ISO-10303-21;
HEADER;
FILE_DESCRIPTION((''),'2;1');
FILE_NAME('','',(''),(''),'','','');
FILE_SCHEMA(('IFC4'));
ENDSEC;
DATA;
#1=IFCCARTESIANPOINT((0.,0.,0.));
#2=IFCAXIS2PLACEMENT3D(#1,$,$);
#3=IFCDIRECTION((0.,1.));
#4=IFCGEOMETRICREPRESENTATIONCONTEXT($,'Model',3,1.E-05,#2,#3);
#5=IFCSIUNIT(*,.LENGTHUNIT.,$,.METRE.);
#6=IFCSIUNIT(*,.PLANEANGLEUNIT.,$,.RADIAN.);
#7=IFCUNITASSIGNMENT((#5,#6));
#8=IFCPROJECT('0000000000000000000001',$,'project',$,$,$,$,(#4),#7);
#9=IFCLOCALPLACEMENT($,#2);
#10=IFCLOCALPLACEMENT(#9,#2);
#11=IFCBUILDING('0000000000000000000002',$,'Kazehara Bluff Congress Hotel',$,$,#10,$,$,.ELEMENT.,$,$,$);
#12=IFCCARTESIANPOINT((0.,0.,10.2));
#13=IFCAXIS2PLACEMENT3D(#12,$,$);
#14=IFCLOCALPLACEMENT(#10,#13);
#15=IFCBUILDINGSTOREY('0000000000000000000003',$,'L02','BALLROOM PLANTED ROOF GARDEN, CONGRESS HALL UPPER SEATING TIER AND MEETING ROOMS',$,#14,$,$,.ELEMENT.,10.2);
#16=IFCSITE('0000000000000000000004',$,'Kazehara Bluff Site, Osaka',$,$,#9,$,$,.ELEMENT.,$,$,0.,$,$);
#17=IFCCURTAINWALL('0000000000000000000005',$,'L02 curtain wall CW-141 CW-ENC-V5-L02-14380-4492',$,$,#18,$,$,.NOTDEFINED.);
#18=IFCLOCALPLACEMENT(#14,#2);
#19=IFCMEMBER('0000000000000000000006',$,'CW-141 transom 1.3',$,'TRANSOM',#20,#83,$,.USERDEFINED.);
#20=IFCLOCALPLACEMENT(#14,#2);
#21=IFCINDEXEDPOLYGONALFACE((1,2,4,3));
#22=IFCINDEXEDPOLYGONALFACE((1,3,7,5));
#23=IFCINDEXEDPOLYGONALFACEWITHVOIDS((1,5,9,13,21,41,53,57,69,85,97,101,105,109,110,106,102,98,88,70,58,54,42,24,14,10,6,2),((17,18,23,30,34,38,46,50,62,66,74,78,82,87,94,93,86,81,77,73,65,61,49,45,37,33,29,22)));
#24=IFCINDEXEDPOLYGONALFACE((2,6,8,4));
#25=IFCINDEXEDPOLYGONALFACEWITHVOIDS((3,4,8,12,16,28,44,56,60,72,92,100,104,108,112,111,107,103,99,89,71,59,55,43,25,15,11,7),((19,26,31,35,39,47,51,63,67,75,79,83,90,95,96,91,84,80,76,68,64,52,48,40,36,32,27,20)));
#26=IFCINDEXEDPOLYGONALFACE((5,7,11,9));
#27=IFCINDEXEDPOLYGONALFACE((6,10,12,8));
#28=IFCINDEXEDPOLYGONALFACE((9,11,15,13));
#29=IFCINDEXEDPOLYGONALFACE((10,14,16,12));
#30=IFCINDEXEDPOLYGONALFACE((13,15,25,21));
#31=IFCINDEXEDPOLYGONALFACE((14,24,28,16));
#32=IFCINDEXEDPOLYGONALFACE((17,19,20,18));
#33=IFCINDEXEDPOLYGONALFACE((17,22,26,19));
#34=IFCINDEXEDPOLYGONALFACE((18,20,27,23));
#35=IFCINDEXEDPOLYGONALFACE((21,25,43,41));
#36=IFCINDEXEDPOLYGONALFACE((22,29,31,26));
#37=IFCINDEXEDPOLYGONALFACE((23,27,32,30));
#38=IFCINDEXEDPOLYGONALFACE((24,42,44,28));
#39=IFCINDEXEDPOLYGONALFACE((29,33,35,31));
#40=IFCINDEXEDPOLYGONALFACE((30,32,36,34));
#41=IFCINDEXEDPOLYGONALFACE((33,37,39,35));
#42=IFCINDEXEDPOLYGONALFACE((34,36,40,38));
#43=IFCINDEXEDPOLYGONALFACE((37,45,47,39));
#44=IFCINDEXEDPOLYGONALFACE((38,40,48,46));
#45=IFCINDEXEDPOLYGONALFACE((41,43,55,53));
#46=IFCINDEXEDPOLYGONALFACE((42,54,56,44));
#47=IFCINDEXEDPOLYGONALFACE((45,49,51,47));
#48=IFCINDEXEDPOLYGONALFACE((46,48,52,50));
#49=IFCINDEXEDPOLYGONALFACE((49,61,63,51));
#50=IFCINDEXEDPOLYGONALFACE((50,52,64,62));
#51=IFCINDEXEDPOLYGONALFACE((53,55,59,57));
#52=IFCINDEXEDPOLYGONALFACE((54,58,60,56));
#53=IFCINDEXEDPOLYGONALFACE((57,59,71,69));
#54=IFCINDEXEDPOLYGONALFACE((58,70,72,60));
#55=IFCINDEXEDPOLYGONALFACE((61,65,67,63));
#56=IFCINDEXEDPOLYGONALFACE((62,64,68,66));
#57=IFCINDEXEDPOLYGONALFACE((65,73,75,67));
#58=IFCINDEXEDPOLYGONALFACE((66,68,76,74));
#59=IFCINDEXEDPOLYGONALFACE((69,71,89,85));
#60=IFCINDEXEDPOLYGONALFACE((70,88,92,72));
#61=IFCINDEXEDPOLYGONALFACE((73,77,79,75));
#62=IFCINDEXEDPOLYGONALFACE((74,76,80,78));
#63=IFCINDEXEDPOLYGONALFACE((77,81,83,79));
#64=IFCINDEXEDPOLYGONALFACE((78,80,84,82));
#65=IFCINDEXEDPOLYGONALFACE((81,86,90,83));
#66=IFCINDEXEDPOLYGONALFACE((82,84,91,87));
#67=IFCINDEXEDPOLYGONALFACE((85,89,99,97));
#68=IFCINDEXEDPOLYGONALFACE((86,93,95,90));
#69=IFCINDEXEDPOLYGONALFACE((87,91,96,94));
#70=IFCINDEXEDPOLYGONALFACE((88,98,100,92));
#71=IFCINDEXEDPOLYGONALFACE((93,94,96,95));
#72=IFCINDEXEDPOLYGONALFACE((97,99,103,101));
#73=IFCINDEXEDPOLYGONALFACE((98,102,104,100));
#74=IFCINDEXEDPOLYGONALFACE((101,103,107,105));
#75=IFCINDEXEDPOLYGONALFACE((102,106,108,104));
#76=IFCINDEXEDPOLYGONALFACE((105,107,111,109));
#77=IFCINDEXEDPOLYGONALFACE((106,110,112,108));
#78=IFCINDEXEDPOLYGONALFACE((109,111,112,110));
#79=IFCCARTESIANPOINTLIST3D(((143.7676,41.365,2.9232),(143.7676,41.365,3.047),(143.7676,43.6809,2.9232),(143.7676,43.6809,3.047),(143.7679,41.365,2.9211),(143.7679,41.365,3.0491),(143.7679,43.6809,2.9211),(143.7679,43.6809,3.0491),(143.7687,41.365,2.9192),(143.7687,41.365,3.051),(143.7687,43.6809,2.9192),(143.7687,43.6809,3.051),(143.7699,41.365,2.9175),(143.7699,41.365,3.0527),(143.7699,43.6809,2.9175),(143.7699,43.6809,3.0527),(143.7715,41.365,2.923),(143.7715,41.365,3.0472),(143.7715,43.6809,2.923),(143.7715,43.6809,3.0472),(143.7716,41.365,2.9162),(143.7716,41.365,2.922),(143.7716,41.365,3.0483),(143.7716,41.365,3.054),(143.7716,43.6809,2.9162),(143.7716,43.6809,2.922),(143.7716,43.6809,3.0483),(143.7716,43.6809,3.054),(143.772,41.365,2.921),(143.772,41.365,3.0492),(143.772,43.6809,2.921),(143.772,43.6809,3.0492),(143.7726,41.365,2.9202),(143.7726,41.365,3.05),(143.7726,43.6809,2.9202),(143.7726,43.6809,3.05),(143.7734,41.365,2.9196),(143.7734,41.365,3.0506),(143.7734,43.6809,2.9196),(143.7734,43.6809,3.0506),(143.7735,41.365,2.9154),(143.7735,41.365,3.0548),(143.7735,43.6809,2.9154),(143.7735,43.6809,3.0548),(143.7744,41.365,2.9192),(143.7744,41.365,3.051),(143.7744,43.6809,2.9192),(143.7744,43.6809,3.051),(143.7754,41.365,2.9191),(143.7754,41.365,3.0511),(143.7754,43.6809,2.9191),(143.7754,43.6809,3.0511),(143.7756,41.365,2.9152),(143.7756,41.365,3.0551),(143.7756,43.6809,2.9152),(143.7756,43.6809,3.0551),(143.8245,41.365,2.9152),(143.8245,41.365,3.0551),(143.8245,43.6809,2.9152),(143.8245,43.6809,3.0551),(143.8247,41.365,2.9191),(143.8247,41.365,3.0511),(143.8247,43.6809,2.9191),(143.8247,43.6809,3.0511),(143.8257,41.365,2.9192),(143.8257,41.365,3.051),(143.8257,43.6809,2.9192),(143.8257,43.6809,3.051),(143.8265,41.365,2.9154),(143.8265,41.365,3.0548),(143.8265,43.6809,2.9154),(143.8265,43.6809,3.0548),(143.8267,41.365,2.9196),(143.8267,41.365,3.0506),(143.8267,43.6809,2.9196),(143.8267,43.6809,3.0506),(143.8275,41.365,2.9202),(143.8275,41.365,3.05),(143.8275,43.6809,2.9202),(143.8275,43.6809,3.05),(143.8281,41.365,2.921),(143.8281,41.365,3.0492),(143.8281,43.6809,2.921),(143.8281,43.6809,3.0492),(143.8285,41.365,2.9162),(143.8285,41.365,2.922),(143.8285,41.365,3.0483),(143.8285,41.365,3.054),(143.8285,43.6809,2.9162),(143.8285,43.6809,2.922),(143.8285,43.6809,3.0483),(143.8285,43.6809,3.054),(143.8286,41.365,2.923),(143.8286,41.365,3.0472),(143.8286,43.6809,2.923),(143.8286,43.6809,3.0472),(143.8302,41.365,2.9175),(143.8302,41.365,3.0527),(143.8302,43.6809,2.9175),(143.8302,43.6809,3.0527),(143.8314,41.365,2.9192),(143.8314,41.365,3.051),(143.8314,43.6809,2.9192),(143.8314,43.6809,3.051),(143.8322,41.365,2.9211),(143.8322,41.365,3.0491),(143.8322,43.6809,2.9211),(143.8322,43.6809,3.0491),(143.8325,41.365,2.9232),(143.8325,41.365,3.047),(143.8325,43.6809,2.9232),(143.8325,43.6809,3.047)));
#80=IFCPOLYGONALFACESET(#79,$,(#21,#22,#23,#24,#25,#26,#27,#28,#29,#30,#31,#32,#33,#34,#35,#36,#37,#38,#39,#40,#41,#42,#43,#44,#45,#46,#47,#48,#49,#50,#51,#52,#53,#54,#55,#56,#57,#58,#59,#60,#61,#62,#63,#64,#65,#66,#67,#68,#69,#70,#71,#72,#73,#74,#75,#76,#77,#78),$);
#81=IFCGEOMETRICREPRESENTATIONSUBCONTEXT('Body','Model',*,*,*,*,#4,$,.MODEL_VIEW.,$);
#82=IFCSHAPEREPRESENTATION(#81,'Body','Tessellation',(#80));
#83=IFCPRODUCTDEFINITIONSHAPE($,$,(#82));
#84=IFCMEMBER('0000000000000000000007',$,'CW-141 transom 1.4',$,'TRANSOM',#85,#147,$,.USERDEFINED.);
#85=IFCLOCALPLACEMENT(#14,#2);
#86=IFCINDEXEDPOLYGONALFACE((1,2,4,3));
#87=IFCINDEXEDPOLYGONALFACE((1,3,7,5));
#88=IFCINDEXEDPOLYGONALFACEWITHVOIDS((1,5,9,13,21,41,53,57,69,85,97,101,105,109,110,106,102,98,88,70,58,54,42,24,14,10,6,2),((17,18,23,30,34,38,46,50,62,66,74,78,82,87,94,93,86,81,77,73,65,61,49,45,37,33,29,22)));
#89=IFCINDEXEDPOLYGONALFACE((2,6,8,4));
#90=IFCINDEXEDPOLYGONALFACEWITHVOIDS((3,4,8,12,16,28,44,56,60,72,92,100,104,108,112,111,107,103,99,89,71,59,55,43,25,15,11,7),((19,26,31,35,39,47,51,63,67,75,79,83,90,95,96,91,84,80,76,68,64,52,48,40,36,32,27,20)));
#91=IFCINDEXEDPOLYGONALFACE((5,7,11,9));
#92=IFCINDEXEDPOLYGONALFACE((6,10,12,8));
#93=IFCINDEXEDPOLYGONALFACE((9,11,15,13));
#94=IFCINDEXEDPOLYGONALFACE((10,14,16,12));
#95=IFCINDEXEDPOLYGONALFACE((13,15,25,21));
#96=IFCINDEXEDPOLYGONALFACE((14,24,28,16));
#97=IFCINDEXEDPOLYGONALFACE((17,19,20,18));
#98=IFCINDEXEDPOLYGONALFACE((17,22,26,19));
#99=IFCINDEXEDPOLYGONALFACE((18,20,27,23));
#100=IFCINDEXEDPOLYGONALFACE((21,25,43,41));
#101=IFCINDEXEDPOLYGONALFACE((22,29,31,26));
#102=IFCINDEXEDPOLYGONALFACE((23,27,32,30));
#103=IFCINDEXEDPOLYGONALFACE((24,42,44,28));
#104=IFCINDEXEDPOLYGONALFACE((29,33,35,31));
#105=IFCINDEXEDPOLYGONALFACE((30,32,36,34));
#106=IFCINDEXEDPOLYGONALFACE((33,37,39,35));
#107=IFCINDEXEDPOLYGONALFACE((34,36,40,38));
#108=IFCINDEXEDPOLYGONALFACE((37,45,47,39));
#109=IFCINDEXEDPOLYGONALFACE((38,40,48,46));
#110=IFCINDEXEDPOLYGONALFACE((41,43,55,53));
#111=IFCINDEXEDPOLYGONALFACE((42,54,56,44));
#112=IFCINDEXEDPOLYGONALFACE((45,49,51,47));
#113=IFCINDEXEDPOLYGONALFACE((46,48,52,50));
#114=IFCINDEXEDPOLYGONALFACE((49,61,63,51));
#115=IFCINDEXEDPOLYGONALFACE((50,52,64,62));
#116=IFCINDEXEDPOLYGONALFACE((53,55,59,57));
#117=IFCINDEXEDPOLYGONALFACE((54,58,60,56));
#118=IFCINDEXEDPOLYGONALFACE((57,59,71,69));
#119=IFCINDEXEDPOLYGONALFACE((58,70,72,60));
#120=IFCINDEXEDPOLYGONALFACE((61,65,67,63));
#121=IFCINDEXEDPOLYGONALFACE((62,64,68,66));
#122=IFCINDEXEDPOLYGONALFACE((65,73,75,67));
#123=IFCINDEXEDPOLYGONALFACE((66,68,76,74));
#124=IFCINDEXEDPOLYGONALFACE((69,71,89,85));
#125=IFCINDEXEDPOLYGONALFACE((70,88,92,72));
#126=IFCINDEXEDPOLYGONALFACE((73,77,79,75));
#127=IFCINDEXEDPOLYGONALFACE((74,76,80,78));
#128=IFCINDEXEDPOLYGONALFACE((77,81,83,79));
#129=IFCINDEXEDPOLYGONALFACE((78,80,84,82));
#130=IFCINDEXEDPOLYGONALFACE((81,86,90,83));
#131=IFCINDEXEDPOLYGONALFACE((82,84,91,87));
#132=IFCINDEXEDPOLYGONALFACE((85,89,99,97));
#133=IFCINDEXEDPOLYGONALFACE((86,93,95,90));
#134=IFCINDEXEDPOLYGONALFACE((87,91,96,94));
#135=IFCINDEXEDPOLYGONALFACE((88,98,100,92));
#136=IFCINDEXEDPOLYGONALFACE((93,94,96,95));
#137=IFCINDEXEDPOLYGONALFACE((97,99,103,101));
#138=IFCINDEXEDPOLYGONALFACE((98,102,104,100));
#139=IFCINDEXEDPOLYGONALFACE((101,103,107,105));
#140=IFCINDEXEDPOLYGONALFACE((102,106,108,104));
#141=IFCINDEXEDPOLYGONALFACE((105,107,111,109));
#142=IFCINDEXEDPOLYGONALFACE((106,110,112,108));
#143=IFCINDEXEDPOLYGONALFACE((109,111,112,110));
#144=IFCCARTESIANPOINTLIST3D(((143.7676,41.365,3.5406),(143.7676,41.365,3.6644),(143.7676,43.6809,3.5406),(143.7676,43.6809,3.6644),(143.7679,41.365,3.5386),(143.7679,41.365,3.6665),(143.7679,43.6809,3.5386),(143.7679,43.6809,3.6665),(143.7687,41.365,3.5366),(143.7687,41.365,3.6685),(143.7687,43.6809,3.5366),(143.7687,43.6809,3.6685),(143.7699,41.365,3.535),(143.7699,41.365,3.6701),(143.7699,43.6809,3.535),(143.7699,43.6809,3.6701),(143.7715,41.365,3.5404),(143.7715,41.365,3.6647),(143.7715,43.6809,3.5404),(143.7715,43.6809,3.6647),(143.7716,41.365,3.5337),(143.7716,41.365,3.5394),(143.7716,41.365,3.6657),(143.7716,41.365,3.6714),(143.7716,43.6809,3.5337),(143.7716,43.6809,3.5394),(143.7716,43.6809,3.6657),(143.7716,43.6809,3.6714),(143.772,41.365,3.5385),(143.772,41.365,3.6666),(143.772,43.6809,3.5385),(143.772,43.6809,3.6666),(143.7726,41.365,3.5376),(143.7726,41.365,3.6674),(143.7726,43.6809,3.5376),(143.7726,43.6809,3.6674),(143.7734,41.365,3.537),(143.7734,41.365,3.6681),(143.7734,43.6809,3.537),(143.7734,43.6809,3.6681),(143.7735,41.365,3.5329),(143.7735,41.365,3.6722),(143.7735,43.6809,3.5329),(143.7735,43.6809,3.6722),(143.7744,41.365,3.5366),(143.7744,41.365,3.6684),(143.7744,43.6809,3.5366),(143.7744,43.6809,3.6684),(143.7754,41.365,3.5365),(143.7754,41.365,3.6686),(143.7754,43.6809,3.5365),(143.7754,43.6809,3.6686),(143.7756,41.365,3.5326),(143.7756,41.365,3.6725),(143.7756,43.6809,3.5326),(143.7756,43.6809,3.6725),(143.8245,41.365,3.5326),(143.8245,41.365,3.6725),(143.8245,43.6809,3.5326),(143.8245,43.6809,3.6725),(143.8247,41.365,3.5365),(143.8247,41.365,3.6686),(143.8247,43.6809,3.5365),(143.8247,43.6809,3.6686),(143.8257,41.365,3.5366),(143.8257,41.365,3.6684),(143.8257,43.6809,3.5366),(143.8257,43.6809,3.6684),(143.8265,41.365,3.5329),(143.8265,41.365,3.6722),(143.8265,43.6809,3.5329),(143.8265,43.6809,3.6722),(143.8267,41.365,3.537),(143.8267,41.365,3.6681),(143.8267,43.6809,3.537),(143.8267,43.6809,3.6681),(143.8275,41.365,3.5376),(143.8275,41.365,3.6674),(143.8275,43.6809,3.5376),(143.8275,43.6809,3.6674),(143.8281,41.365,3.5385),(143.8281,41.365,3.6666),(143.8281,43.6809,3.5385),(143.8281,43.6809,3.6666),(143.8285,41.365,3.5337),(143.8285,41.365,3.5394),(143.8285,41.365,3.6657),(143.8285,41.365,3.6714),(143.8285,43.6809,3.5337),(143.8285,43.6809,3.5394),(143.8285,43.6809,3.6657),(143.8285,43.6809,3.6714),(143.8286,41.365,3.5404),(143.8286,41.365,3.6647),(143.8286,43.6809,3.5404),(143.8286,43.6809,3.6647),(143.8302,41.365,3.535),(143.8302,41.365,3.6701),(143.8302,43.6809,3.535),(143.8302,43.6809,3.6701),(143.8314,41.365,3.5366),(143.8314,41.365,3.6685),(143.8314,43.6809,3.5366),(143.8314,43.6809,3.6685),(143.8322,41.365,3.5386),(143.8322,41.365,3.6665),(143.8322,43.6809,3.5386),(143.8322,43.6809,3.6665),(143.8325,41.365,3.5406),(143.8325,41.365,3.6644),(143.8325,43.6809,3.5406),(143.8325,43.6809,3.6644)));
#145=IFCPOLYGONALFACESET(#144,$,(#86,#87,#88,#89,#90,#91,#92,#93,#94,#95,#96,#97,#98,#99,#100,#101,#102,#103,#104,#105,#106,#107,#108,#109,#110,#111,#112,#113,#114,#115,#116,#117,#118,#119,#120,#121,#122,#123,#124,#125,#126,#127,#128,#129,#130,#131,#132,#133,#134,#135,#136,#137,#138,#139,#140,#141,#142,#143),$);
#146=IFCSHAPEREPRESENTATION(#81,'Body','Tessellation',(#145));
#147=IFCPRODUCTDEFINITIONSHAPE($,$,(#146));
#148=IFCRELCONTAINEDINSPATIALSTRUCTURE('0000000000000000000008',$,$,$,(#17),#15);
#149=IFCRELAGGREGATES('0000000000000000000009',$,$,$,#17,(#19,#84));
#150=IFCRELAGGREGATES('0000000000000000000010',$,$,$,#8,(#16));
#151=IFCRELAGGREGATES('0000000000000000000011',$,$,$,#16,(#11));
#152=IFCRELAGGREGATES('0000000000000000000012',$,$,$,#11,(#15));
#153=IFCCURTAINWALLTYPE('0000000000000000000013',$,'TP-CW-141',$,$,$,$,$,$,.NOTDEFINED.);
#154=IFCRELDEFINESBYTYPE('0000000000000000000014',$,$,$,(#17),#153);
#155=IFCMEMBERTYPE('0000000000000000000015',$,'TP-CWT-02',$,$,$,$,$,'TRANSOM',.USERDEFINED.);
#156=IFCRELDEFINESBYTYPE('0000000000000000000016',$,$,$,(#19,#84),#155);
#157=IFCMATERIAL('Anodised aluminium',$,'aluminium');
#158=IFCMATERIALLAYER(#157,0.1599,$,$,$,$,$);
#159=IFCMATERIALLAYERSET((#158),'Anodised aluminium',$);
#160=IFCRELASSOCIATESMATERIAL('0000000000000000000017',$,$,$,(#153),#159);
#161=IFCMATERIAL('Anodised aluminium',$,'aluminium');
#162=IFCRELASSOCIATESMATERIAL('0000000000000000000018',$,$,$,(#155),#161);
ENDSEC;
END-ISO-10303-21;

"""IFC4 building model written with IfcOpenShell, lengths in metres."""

from ifc_helpers import new_model, si_unit, direction, frame, origin, origin_2d, place, context, subcontext, project, spatial, hollow_rectangle, extrude, material, layer, layer_set, material_profile, profile_set, type_object, element, aggregate, save


model = new_model("IFC4")

# Units and contexts
model_context = context("Model", 3, precision=1e-05, world=origin(), true_north=direction((0.0, 1.0)))
body_context = subcontext(model_context, "Body", "Model", "MODEL_VIEW")
ifc_project = project(units=[si_unit("LENGTHUNIT", "METRE"), si_unit("PLANEANGLEUNIT", "RADIAN")], contexts=[model_context])

# Site, building, storey
site_placement = place(None, origin())
site = spatial("IfcSite", under=ifc_project, at=site_placement, Name="Kazehara Bluff Site, Osaka", CompositionType="ELEMENT", RefElevation=0.0)
building_placement = place(site_placement, origin())
building = spatial("IfcBuilding", under=site, at=building_placement, Name="Kazehara Bluff Congress Hotel", CompositionType="ELEMENT")
storey_placement = place(building_placement, frame((0.0, 0.0, 10.2)))
storey = spatial("IfcBuildingStorey", under=building, at=storey_placement, Name="L02", Description="BALLROOM PLANTED ROOF GARDEN, CONGRESS HALL UPPER SEATING TIER AND MEETING ROOMS", CompositionType="ELEMENT", Elevation=10.2)

# Curtain wall, members
ifc_material_1 = material(Name="Anodised aluminium", Category="aluminium")
ifc_layer_1 = layer(ifc_material_1, 0.1599)
ifc_layer_set_1 = layer_set([ifc_layer_1], Name="Anodised aluminium")
curtain_wall_type = type_object("IfcCurtainWallType", Name="TP-CW-141", PredefinedType="NOTDEFINED", material=ifc_layer_set_1)
curtain_wall_placement = place(storey_placement, origin())
curtain_wall = element("IfcCurtainWall", 1, at=curtain_wall_placement, inside=storey, type_object=curtain_wall_type, Name="L02 curtain wall CW-141 CW-ENC-V5-L02-14380-4492", PredefinedType="NOTDEFINED")
ifc_material_2 = material(Name="Anodised aluminium", Category="aluminium")
ifc_material_profile_1 = material_profile(ifc_material_2, hollow_rectangle(XDim=0.0649, YDim=0.1399, WallThickness=0.0039, InnerFilletRadius=0.0039, OuterFilletRadius=0.0081, at=origin_2d()))
ifc_profile_set_1 = profile_set([ifc_material_profile_1], Name="Anodised aluminium")
member_type_1 = type_object("IfcMemberType", Name="TP-CWT-02", ElementType="TRANSOM", PredefinedType="USERDEFINED", material=ifc_profile_set_1)
member_1_placement = place(storey_placement, frame((143.8, 41.365, 2.9851), z_axis=(0.0, 1.0, 0.0), x_axis=(-1.0, 0.0, 0.0)))
member_1 = element("IfcMember", 2, at=member_1_placement, type_object=member_type_1, Name="CW-141 transom 1.3", ObjectType="TRANSOM", PredefinedType="USERDEFINED", context=body_context, shape_type="SweptSolid", body=[
    extrude(hollow_rectangle(XDim=0.0649, YDim=0.1399, WallThickness=0.0039, InnerFilletRadius=0.0039, OuterFilletRadius=0.0081, at=origin_2d()), origin(), (0.0, 0.0, 1.0), 2.3159),
])
member_2_placement = place(storey_placement, frame((143.8, 41.365, 3.6025), z_axis=(0.0, 1.0, 0.0), x_axis=(-1.0, 0.0, 0.0)))
member_2 = element("IfcMember", 3, at=member_2_placement, type_object=member_type_1, Name="CW-141 transom 1.4", ObjectType="TRANSOM", PredefinedType="USERDEFINED", context=body_context, shape_type="SweptSolid", body=[
    extrude(hollow_rectangle(XDim=0.0649, YDim=0.1399, WallThickness=0.0039, InnerFilletRadius=0.0039, OuterFilletRadius=0.0081, at=origin_2d()), origin(), (0.0, 0.0, 1.0), 2.3159),
])

aggregate(curtain_wall, [member_1, member_2])

save(model, "model.ifc")
